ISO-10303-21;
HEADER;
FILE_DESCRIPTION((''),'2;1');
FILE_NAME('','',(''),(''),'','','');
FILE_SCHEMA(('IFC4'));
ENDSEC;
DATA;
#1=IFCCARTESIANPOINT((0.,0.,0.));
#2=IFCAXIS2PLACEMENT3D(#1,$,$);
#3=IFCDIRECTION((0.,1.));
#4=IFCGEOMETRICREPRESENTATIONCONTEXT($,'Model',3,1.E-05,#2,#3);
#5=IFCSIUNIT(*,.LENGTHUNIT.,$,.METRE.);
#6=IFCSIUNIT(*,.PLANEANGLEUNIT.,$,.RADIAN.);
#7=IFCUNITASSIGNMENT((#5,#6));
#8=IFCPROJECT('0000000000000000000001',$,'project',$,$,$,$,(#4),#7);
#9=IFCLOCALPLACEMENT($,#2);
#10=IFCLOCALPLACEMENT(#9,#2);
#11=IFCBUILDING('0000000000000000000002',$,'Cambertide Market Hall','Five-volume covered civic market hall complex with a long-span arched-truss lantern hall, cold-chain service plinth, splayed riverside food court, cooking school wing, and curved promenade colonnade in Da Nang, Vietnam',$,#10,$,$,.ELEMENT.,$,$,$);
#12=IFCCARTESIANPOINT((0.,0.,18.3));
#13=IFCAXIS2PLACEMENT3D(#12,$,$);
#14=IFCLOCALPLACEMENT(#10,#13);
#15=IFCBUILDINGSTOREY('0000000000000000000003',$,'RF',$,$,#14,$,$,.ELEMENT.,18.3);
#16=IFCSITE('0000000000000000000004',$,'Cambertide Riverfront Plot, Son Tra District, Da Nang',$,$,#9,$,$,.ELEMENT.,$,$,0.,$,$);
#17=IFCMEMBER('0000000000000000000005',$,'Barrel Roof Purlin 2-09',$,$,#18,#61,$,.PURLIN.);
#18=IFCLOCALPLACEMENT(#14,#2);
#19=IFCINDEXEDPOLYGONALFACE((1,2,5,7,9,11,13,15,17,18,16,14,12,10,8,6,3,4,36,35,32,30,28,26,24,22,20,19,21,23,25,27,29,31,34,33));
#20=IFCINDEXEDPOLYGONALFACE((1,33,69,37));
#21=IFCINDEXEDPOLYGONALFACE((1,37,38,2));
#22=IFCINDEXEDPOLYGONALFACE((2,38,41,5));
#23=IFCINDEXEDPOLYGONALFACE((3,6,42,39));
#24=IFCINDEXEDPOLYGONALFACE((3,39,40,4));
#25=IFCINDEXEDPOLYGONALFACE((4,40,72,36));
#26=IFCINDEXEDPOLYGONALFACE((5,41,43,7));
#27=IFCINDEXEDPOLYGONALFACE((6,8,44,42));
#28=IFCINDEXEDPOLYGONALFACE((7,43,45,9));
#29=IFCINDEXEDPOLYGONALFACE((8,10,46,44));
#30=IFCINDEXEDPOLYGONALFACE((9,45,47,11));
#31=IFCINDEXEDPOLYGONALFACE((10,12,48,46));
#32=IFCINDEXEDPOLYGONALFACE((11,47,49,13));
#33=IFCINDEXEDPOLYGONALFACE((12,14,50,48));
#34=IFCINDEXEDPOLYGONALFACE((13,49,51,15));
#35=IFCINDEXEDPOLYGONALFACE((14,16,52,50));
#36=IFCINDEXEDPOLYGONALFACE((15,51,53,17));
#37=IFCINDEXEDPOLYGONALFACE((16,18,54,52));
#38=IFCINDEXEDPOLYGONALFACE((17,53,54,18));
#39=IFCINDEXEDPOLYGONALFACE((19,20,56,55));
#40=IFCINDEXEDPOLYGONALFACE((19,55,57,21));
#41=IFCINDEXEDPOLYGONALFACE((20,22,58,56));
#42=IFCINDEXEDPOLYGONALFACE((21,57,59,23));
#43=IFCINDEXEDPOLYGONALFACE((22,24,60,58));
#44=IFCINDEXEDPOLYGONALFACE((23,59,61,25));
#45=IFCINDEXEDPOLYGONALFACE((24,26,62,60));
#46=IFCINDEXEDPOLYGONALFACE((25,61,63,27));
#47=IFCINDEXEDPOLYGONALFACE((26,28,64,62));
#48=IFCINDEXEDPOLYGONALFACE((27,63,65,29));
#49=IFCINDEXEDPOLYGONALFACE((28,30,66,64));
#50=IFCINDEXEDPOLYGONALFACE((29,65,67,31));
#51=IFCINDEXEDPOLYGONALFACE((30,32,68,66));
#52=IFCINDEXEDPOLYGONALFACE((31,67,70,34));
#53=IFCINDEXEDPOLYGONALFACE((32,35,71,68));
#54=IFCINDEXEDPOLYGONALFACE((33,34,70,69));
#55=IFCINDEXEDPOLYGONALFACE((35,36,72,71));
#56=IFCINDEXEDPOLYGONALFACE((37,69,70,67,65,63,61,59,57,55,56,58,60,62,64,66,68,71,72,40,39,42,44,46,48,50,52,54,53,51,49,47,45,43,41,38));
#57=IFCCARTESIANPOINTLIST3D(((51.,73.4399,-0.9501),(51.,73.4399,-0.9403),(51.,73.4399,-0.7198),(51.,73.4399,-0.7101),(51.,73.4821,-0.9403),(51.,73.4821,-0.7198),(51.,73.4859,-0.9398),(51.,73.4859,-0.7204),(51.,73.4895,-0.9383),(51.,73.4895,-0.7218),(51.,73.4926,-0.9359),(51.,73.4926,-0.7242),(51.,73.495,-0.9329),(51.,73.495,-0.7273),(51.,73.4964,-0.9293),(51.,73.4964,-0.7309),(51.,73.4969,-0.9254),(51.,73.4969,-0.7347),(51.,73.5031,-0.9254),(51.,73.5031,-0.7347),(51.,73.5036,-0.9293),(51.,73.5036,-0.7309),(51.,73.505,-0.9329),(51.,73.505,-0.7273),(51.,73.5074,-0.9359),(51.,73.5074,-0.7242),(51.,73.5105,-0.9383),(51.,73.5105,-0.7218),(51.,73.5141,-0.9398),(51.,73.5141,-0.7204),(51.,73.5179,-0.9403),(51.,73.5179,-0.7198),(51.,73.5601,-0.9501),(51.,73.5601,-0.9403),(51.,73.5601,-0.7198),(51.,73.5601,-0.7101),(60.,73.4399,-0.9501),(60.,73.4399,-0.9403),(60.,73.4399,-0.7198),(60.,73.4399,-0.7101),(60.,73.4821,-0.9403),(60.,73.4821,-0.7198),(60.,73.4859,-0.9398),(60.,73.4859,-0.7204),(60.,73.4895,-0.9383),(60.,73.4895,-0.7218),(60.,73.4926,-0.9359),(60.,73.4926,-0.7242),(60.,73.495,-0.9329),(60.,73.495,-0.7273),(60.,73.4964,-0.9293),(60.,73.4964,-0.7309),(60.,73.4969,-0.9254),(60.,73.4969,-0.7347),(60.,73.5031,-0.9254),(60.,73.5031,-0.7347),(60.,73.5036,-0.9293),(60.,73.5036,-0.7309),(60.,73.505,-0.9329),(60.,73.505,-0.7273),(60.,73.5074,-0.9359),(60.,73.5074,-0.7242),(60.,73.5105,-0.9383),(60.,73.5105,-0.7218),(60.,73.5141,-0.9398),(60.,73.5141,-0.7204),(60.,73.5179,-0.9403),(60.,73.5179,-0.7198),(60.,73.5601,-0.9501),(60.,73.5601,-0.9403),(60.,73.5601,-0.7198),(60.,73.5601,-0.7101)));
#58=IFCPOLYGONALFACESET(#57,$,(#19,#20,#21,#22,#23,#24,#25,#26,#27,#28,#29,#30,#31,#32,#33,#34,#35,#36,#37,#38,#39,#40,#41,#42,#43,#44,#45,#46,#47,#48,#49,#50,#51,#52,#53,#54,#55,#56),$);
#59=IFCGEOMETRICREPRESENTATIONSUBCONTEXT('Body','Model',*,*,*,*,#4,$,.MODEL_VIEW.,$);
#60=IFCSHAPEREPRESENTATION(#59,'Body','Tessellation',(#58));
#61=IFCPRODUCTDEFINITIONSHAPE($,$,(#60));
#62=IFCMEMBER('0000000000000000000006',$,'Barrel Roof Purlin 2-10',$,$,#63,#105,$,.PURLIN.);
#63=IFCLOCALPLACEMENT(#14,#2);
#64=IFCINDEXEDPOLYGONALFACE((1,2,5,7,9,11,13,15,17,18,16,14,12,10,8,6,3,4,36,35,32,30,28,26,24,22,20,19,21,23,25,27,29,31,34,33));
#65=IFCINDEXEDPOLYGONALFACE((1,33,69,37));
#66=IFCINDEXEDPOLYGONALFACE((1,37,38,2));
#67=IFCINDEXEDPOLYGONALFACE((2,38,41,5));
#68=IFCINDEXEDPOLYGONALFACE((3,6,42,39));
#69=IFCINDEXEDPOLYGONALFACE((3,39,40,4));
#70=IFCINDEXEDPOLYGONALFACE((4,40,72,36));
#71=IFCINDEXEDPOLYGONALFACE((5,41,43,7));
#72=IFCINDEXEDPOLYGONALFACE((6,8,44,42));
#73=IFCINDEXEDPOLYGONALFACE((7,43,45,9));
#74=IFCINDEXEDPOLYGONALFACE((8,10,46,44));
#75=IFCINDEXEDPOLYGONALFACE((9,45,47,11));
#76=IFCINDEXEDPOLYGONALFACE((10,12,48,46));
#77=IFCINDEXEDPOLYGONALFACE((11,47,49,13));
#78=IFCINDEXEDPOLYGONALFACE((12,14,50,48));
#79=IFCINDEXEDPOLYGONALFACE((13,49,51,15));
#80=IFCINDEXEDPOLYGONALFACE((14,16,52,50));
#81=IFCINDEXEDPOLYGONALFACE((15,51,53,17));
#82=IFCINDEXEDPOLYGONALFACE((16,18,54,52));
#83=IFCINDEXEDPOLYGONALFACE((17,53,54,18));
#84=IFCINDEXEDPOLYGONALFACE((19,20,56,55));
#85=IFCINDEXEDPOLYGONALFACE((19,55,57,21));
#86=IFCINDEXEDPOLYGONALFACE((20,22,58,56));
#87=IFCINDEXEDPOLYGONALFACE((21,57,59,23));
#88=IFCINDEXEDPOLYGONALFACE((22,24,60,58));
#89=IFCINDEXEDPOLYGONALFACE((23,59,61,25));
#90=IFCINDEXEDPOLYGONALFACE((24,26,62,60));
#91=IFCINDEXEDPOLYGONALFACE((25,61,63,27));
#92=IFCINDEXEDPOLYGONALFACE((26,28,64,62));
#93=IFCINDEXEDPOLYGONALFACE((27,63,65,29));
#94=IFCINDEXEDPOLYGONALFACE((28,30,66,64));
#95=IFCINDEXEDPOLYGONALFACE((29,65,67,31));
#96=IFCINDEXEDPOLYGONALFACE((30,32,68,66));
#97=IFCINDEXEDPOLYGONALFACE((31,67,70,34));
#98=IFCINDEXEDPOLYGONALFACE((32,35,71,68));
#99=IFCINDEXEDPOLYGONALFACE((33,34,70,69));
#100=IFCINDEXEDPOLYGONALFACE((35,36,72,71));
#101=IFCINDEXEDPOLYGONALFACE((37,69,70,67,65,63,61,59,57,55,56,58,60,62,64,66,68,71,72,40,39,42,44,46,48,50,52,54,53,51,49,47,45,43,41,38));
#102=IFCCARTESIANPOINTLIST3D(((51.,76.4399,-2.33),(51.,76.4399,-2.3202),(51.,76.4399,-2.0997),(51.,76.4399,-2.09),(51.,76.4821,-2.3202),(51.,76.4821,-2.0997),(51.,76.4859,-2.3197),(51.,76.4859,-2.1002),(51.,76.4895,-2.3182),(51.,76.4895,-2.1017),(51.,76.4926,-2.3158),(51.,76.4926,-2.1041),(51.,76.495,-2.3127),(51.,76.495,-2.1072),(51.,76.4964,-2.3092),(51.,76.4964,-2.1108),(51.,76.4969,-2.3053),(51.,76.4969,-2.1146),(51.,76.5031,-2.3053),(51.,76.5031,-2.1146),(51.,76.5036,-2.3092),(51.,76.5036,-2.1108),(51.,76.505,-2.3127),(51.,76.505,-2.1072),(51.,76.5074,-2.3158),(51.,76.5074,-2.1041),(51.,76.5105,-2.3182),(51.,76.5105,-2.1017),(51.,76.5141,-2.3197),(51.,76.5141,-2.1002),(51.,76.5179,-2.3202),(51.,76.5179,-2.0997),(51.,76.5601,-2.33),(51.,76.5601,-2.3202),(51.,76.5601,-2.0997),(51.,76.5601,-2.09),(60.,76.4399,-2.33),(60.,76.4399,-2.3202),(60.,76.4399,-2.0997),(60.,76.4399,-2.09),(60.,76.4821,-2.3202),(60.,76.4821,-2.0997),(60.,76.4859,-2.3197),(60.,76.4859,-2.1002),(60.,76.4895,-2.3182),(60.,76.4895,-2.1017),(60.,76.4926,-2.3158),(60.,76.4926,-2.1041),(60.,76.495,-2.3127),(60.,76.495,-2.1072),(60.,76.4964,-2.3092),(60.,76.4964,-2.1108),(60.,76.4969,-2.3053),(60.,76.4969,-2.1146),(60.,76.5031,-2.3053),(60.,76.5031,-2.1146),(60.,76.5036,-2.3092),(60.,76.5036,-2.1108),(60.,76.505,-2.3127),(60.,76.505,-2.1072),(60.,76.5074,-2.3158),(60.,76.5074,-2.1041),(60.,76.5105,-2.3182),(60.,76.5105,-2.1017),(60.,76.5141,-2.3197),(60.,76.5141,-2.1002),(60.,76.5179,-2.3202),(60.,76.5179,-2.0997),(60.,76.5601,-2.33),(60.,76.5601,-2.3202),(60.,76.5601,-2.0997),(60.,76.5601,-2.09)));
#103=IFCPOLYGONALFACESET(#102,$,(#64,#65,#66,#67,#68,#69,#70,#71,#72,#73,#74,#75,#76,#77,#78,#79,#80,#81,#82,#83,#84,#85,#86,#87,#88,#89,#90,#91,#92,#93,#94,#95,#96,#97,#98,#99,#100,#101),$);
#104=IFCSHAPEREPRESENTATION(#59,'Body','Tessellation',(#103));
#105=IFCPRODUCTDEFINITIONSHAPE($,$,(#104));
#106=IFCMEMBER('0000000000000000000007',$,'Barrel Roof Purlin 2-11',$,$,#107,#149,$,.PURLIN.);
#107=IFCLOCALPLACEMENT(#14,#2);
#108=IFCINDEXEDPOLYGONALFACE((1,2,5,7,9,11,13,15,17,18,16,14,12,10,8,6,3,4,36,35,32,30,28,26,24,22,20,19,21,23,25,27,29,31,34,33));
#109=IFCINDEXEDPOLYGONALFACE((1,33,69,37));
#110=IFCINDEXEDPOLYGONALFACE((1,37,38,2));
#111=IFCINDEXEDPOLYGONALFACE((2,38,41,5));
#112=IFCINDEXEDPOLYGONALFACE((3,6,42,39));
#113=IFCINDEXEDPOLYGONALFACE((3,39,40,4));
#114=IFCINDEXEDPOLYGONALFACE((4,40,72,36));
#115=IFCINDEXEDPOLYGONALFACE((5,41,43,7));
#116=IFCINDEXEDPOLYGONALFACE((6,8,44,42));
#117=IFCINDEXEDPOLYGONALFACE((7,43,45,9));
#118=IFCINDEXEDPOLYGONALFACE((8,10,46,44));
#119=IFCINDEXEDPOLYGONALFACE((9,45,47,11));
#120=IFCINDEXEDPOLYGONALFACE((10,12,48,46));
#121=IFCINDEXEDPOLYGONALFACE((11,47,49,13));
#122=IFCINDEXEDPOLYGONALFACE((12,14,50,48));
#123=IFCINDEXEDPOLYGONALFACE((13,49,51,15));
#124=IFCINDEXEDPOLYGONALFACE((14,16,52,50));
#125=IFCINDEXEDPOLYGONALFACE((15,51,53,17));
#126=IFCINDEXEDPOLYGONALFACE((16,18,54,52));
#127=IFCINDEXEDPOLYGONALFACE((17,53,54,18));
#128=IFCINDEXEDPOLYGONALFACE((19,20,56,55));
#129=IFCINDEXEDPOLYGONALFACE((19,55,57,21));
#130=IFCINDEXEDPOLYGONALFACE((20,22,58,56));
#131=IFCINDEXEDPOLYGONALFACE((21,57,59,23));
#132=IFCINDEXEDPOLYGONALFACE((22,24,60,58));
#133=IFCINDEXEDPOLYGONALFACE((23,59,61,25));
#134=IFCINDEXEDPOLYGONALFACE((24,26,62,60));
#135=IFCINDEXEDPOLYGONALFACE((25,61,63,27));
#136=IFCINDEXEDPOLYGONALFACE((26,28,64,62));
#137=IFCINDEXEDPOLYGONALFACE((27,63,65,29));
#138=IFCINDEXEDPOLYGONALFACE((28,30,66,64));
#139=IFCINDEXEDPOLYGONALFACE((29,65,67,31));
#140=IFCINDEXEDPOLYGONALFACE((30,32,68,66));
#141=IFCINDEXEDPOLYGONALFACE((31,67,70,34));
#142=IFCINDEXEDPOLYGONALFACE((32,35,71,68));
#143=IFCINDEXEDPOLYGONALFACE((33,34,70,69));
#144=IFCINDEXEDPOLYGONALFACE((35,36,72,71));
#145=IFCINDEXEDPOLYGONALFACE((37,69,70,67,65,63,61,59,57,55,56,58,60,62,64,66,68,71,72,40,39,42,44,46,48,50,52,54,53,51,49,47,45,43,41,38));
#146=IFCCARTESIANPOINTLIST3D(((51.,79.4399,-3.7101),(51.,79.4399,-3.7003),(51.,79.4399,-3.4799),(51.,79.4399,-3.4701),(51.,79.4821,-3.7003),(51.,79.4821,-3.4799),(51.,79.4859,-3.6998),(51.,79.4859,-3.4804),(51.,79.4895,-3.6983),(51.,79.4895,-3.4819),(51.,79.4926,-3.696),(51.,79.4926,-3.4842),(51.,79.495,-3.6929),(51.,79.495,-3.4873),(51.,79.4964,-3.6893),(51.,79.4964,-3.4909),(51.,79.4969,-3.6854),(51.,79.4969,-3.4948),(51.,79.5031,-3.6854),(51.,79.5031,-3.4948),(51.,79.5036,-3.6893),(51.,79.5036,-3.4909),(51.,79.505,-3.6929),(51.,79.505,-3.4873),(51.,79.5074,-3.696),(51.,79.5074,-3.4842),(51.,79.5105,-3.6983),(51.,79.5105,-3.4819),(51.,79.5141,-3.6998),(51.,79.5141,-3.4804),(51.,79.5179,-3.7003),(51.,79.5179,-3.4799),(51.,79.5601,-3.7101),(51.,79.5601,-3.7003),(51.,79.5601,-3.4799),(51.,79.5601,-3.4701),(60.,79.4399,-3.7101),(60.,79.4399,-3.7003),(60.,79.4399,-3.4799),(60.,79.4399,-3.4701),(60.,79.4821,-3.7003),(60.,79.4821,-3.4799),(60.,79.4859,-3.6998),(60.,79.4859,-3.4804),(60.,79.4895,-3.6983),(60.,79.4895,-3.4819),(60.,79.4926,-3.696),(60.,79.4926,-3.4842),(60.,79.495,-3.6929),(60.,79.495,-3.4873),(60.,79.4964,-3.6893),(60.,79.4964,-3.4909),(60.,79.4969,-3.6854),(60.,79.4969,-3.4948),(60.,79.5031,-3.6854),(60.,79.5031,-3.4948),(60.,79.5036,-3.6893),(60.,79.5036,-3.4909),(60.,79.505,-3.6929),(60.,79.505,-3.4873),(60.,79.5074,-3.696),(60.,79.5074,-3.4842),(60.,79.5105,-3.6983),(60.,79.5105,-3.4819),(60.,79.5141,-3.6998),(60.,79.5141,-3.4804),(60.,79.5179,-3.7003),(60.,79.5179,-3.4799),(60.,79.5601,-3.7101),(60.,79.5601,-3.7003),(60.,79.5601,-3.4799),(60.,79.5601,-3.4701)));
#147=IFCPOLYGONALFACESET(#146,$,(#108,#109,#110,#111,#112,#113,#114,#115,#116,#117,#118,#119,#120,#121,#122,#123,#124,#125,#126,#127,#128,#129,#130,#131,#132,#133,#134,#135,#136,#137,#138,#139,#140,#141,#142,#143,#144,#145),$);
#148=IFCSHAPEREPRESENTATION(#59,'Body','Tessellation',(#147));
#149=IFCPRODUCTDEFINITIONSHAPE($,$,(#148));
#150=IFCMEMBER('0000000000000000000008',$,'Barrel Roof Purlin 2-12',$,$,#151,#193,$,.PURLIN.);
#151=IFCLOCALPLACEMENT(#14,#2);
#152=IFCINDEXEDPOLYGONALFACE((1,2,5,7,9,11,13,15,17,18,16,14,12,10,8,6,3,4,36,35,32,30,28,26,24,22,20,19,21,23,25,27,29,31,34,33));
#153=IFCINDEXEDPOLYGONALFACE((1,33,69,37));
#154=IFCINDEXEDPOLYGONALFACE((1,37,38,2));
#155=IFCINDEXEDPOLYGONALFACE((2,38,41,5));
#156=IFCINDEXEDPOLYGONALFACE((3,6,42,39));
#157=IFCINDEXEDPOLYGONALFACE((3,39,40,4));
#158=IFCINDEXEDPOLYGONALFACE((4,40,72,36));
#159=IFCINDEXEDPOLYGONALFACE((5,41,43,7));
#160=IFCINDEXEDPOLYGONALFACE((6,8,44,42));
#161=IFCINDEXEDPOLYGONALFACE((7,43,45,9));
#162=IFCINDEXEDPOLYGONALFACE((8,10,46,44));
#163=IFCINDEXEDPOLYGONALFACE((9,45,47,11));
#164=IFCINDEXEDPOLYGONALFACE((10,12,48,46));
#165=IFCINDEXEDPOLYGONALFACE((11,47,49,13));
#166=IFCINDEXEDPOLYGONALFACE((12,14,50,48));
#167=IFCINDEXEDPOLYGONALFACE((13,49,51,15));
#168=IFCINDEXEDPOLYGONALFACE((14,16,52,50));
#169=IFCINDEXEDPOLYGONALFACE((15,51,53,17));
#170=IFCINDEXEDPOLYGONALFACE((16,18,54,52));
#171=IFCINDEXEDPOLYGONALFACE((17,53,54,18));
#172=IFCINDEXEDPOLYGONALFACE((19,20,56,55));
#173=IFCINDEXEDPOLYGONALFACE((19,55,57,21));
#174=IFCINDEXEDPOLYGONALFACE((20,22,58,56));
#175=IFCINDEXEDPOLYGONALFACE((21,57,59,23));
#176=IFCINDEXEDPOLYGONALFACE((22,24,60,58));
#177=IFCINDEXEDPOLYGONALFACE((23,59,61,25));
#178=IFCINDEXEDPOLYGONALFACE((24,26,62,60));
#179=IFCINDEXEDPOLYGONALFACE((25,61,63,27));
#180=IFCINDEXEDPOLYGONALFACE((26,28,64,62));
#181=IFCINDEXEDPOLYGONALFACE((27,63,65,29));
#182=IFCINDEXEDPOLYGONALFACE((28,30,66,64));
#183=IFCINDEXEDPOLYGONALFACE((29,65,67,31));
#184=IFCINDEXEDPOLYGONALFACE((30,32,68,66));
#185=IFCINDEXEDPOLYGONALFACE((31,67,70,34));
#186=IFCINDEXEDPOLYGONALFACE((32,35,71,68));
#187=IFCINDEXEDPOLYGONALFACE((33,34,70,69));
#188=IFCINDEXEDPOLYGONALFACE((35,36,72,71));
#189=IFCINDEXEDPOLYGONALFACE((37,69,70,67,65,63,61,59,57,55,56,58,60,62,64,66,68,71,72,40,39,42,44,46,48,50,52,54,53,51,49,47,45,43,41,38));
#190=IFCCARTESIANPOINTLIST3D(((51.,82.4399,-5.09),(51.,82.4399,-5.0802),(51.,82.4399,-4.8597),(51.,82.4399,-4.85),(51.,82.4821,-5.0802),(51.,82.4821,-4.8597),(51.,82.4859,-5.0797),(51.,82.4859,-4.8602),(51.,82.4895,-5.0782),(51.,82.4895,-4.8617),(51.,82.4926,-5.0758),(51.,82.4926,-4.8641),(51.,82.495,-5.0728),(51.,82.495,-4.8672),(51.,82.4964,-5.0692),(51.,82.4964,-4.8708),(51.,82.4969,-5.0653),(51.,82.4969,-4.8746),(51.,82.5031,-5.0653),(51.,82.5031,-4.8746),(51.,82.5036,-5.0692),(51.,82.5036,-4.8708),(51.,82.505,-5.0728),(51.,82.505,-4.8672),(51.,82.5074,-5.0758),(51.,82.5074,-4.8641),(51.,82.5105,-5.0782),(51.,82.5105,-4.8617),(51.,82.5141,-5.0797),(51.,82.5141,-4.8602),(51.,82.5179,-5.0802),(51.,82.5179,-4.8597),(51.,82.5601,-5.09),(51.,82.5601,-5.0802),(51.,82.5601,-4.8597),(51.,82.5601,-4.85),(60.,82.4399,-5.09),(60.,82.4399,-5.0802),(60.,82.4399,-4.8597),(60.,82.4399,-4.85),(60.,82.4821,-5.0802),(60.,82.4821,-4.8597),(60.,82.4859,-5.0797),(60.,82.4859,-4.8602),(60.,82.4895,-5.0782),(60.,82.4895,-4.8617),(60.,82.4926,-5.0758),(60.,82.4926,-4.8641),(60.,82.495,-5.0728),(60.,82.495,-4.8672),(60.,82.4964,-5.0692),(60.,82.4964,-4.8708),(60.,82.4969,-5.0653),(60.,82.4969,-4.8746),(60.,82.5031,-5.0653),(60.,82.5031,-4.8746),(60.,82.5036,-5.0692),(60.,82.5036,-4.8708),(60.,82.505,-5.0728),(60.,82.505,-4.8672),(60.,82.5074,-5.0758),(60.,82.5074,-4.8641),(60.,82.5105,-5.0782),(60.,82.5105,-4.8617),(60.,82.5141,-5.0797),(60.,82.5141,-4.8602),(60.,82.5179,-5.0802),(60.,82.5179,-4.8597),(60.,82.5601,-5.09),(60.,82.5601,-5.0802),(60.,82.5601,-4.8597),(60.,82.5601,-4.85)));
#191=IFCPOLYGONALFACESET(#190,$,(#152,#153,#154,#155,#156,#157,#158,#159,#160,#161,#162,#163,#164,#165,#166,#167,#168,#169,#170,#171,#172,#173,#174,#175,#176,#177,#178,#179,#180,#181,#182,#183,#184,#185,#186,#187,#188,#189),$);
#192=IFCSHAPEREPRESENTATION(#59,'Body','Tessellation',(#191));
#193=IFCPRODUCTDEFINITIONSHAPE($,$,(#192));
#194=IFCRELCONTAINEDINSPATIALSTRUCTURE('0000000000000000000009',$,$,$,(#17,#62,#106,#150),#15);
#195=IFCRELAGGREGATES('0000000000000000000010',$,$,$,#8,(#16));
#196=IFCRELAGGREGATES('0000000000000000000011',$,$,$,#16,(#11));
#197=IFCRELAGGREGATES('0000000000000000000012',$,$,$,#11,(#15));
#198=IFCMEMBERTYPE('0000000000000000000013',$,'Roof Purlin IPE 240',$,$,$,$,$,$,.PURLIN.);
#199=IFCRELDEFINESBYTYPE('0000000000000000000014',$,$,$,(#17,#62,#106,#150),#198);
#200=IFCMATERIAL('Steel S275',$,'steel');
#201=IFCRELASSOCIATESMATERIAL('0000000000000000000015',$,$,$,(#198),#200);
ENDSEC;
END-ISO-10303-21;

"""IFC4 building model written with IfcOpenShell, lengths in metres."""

from ifc_helpers import new_model, si_unit, direction, frame, origin, origin_2d, place, context, subcontext, project, spatial, i_section, extrude, material, material_profile, profile_set, type_object, element, save


model = new_model("IFC4")

# Units and contexts
model_context = context("Model", 3, precision=1e-05, world=origin(), true_north=direction((0.0, 1.0)))
body_context = subcontext(model_context, "Body", "Model", "MODEL_VIEW")
ifc_project = project(units=[si_unit("LENGTHUNIT", "METRE"), si_unit("PLANEANGLEUNIT", "RADIAN")], contexts=[model_context])

# Site, building, storey
site_placement = place(None, origin())
site = spatial("IfcSite", under=ifc_project, at=site_placement, Name="Cambertide Riverfront Plot, Son Tra District, Da Nang", CompositionType="ELEMENT", RefElevation=0.0)
building_placement = place(site_placement, origin())
building = spatial("IfcBuilding", under=site, at=building_placement, Name="Cambertide Market Hall", Description="Five-volume covered civic market hall complex with a long-span arched-truss lantern hall, cold-chain service plinth, splayed riverside food court, cooking school wing, and curved promenade colonnade in Da Nang, Vietnam", CompositionType="ELEMENT")
storey_placement = place(building_placement, frame((0.0, 0.0, 18.3)))
storey = spatial("IfcBuildingStorey", under=building, at=storey_placement, Name="RF", CompositionType="ELEMENT", Elevation=18.3)

# Members
ifc_material_1 = material(Name="Steel S275", Category="steel")
ifc_material_profile_1 = material_profile(ifc_material_1, i_section(OverallWidth=0.1201, OverallDepth=0.24, WebThickness=0.0061, FlangeThickness=0.0098, FilletRadius=0.0149, at=origin_2d()), Name="IPE 240")
ifc_profile_set_1 = profile_set([ifc_material_profile_1], Name="Steel S275")
member_type_1 = type_object("IfcMemberType", Name="Roof Purlin IPE 240", PredefinedType="PURLIN", material=ifc_profile_set_1)
for number, where, z_axis, x_axis, name in (
    (1, (51.0, 73.5, -0.8301), (1.0, 0.0, 0.0), (0.0, 1.0, 0.0), "Barrel Roof Purlin 2-09"),
    (2, (51.0, 76.5, -2.21), (1.0, 0.0, 0.0), (0.0, 1.0, 0.0), "Barrel Roof Purlin 2-10"),
    (3, (51.0, 79.5, -3.5901), (1.0, 0.0, 0.0), (0.0, 1.0, 0.0), "Barrel Roof Purlin 2-11"),
    (4, (51.0, 82.5, -4.97), (1.0, 0.0, 0.0), (0.0, 1.0, 0.0), "Barrel Roof Purlin 2-12"),
):
    element("IfcMember", number, at=place(storey_placement, frame(where, z_axis=z_axis, x_axis=x_axis)), inside=storey, type_object=member_type_1, Name=name, PredefinedType="PURLIN", context=body_context, shape_type="SweptSolid", body=[
        extrude(i_section(OverallWidth=0.1201, OverallDepth=0.24, WebThickness=0.0061, FlangeThickness=0.0098, FilletRadius=0.0149, at=origin_2d()), origin(), (0.0, 0.0, 1.0), 9.0),
    ])

save(model, "model.ifc")
